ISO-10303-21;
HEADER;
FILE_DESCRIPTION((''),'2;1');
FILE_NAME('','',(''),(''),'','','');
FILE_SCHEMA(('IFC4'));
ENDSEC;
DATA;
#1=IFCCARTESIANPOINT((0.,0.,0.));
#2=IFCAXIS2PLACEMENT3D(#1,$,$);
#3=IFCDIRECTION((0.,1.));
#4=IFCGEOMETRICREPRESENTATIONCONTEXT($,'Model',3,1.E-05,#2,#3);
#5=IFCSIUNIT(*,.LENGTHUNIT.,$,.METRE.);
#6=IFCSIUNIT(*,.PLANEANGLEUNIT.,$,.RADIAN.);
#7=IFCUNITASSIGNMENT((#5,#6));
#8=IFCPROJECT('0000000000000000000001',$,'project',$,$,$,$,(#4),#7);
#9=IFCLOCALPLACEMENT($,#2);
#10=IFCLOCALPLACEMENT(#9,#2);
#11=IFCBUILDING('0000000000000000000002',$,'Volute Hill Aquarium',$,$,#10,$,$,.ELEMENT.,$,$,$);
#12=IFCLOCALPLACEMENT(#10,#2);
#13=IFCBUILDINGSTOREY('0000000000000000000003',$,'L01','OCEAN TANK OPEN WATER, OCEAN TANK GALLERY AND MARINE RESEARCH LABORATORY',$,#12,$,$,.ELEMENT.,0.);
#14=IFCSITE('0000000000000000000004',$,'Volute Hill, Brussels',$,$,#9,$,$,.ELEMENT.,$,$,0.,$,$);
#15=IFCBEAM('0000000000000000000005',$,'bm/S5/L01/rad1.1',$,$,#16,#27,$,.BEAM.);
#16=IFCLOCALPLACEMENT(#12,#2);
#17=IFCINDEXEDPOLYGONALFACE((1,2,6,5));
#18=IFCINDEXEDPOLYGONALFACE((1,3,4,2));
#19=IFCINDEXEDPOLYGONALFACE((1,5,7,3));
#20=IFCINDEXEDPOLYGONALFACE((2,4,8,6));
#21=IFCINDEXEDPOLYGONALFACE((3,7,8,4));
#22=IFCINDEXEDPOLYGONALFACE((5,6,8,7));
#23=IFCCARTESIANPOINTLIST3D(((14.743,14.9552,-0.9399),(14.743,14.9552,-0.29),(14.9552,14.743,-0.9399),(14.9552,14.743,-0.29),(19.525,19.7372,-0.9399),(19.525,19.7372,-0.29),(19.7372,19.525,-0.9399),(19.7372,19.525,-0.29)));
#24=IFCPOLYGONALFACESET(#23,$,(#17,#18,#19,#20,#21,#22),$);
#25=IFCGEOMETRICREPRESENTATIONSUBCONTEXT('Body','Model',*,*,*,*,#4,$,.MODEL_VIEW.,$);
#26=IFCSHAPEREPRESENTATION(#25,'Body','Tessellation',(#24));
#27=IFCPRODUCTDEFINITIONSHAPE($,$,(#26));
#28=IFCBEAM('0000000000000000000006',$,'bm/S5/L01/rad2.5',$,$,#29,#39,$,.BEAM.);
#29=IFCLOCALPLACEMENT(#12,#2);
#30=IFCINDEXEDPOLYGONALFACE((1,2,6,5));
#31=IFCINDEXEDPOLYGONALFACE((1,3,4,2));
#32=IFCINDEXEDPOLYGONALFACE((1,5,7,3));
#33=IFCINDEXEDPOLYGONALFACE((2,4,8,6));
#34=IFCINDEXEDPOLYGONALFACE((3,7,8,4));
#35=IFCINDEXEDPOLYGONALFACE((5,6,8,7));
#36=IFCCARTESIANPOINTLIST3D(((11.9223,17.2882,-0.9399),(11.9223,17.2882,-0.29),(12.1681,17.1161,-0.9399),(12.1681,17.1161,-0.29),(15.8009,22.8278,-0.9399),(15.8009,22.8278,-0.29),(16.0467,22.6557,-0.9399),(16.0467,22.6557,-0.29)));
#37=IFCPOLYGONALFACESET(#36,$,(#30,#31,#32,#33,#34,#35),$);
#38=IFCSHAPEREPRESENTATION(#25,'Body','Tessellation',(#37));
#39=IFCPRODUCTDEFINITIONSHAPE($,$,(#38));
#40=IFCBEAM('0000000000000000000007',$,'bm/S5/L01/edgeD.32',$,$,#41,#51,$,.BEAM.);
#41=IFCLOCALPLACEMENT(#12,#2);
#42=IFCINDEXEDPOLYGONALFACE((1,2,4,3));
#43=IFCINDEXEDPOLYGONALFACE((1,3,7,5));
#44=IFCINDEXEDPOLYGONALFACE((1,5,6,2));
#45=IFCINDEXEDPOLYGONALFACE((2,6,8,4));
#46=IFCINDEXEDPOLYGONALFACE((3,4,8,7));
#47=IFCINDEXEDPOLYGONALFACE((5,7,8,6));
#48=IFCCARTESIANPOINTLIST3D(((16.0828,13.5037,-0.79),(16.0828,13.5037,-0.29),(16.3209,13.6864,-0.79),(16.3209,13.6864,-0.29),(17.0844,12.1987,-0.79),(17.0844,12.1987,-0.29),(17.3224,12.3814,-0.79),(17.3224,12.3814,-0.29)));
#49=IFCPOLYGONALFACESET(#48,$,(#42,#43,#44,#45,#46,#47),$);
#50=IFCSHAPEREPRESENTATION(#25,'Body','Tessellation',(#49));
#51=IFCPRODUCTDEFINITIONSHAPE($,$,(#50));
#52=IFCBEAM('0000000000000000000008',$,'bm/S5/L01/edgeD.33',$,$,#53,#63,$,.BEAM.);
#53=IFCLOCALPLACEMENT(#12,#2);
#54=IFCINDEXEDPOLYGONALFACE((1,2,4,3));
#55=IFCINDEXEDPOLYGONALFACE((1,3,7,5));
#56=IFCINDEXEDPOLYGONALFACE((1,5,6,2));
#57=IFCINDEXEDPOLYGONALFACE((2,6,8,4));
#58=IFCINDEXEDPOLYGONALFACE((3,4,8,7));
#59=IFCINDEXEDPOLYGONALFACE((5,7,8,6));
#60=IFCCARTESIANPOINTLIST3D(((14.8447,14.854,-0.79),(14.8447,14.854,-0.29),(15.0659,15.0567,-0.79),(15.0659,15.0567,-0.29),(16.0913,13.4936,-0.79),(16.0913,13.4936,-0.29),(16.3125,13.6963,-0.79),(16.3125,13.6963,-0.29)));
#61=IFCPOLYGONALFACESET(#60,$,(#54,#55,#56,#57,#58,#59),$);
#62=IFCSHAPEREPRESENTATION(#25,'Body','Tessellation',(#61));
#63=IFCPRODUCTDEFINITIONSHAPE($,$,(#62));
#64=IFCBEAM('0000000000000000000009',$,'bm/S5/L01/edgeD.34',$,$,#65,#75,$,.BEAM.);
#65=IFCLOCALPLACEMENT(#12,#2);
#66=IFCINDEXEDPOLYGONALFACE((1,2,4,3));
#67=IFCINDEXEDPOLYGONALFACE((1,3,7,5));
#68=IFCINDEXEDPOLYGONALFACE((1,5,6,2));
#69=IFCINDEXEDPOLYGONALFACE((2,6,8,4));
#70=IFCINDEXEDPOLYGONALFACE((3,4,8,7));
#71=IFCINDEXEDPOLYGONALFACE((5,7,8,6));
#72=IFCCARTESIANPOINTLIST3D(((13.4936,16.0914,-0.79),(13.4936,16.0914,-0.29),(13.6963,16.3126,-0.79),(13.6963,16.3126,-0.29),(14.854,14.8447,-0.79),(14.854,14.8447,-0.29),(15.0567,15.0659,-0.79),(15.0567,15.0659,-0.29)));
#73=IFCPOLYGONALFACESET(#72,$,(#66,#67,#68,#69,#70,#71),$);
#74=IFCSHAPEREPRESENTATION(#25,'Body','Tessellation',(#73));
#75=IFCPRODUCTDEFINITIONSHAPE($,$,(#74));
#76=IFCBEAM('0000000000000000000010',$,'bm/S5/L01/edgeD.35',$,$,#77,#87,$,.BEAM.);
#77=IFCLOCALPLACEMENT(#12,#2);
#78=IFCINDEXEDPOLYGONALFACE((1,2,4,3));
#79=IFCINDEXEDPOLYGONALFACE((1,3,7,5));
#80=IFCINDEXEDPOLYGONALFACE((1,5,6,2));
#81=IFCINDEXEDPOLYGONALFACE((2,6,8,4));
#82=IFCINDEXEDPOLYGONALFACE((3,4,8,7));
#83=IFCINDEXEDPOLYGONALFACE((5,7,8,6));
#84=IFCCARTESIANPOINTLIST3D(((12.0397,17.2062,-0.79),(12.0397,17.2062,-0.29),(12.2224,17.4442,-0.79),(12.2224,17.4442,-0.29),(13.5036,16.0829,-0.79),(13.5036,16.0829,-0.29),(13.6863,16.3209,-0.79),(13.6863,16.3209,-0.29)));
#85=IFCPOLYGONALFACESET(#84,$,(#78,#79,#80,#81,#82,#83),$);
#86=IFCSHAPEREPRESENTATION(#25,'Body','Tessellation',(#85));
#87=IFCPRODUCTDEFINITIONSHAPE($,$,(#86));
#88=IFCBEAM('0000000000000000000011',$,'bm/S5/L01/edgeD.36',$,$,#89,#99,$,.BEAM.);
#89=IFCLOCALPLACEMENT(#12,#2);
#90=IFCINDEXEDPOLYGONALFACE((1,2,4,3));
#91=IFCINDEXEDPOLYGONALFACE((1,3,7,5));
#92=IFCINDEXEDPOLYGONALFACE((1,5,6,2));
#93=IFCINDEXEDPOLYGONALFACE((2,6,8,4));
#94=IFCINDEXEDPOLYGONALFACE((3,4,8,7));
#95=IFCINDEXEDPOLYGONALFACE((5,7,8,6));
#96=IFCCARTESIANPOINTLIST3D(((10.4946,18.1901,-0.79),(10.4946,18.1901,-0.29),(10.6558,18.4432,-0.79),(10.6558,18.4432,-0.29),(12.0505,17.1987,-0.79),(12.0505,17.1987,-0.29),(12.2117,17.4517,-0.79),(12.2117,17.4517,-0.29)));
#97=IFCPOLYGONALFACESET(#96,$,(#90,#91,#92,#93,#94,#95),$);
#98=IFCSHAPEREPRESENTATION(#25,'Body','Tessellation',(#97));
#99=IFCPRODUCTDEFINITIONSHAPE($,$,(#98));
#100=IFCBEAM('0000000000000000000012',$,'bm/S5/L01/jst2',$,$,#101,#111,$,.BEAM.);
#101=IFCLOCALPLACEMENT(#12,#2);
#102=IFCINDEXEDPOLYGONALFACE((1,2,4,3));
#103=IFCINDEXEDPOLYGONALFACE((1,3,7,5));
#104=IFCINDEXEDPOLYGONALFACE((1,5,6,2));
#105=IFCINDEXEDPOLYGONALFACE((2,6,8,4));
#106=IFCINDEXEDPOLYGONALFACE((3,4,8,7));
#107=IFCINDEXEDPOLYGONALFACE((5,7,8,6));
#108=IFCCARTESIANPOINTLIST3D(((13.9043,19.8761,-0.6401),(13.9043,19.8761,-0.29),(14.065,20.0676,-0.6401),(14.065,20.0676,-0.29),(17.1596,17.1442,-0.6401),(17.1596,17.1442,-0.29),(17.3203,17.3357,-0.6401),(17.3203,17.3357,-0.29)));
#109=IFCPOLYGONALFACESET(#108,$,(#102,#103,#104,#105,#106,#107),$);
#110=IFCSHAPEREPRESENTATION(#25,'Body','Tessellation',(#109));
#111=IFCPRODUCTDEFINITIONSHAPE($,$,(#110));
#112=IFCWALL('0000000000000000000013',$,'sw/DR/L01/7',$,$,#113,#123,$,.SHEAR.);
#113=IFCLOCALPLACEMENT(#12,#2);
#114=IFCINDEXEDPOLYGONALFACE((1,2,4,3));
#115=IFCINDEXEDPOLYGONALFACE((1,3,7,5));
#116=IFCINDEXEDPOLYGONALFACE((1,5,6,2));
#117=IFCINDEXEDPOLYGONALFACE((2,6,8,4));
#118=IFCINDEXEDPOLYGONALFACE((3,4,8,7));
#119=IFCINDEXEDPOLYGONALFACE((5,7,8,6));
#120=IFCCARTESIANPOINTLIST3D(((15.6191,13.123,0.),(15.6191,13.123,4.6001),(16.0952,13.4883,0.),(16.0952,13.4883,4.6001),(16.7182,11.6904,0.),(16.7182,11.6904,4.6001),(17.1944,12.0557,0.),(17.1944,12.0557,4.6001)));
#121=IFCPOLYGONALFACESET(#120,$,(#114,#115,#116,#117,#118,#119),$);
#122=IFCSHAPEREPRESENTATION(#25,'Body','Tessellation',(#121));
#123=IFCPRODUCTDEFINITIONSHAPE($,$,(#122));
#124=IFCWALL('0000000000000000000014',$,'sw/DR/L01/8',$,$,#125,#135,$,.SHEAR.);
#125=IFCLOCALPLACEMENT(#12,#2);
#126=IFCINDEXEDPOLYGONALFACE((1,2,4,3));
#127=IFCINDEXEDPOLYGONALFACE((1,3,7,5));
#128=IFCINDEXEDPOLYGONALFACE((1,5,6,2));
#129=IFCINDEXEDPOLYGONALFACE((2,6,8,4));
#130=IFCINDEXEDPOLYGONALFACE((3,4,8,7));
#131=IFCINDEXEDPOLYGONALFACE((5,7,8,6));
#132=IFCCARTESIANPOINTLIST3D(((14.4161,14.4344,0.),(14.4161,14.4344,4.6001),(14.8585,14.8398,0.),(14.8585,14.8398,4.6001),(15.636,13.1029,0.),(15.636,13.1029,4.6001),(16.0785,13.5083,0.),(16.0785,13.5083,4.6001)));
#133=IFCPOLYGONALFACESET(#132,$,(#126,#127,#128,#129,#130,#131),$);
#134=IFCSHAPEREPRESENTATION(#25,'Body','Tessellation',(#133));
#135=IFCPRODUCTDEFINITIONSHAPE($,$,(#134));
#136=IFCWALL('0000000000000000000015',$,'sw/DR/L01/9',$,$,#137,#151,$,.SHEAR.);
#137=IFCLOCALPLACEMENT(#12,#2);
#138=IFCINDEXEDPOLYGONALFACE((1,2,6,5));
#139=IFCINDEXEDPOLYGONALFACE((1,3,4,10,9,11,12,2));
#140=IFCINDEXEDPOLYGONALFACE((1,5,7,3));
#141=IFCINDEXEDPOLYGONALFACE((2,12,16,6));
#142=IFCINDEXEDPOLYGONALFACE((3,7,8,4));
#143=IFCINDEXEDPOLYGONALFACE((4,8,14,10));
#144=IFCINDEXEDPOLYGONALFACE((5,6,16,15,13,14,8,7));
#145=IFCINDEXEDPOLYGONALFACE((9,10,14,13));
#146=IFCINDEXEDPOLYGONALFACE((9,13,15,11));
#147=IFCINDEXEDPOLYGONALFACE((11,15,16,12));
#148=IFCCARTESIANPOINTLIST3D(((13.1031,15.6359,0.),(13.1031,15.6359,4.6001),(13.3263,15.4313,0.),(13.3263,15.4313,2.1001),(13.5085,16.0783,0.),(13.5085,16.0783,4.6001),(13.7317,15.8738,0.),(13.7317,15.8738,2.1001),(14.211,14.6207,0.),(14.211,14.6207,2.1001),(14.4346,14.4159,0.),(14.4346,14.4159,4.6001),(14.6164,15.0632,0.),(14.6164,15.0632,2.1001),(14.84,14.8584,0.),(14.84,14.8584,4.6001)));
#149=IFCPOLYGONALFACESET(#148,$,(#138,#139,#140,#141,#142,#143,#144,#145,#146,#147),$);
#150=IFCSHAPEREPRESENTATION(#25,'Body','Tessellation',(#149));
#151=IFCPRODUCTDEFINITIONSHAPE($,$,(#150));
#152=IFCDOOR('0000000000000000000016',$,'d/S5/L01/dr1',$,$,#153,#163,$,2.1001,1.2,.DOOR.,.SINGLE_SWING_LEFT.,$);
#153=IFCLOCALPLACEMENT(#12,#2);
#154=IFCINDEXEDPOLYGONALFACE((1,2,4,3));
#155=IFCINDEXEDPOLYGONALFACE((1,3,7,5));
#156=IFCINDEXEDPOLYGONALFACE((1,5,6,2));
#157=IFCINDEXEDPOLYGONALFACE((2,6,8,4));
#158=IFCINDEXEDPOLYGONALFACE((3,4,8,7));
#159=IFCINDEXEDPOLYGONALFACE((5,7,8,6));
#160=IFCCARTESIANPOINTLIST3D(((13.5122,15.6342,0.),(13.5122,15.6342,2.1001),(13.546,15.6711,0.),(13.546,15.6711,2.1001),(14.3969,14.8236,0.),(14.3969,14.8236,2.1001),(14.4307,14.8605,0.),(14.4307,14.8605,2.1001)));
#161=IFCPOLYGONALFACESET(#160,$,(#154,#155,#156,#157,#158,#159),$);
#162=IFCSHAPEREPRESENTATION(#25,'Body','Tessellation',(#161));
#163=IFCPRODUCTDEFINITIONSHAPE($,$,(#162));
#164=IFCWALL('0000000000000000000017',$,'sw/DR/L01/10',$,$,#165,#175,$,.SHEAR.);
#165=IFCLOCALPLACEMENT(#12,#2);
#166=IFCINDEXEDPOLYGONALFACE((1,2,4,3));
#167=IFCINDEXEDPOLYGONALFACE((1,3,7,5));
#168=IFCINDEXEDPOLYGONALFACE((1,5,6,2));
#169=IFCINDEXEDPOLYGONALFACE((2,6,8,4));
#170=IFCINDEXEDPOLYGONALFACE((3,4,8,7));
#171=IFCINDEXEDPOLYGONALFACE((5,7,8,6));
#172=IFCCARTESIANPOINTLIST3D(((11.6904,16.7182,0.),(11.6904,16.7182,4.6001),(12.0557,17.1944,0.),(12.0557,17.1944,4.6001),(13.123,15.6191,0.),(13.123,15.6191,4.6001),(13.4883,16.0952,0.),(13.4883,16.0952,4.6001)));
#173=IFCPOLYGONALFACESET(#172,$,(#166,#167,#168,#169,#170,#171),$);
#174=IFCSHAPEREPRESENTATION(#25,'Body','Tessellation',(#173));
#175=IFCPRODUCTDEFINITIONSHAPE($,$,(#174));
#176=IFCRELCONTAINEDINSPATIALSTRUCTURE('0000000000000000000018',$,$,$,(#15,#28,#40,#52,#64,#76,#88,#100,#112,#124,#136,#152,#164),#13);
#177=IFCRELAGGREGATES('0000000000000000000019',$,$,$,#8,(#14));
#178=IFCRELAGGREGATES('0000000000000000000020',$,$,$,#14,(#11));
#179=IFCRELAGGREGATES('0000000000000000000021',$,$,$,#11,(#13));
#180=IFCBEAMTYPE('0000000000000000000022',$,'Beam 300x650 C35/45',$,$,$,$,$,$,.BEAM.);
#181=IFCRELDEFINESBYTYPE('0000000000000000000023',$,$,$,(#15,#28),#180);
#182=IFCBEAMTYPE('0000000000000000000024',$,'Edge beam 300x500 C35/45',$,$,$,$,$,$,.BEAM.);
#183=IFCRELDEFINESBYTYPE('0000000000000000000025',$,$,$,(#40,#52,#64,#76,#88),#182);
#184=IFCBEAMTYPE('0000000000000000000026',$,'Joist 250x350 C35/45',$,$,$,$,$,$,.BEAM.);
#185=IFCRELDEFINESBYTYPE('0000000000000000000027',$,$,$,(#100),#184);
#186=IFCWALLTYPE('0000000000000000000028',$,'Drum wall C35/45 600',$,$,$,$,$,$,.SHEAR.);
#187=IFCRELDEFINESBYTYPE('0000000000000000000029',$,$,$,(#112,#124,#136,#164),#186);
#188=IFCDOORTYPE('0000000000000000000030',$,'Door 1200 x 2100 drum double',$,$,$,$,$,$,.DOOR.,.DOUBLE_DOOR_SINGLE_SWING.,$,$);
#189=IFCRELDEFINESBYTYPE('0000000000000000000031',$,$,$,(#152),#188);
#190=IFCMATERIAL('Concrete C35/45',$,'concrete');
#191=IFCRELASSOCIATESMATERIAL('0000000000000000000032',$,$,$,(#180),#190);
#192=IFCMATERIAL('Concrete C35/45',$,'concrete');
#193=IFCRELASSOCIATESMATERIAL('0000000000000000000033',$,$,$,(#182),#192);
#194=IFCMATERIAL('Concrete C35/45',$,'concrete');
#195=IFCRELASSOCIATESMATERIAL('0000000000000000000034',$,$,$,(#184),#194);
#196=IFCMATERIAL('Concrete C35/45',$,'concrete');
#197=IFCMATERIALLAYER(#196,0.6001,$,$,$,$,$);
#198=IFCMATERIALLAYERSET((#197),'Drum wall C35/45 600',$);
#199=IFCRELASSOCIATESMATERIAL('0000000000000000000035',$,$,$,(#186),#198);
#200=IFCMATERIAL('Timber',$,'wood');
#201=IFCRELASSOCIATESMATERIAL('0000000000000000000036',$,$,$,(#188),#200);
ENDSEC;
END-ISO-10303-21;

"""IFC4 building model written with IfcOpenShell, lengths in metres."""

from ifc_helpers import new_model, si_unit, direction, frame, frame_2d, origin, origin_2d, place, context, subcontext, project, spatial, rectangle, extrude, material, layer, layer_set, material_profile, profile_set, type_object, element, fill, save


model = new_model("IFC4")

# Units and contexts
model_context = context("Model", 3, precision=1e-05, world=origin(), true_north=direction((0.0, 1.0)))
body_context = subcontext(model_context, "Body", "Model", "MODEL_VIEW")
ifc_project = project(units=[si_unit("LENGTHUNIT", "METRE"), si_unit("PLANEANGLEUNIT", "RADIAN")], contexts=[model_context])

# Site, building, storey
site_placement = place(None, origin())
site = spatial("IfcSite", under=ifc_project, at=site_placement, Name="Volute Hill, Brussels", CompositionType="ELEMENT", RefElevation=0.0)
building_placement = place(site_placement, origin())
building = spatial("IfcBuilding", under=site, at=building_placement, Name="Volute Hill Aquarium", CompositionType="ELEMENT")
storey_placement = place(building_placement, origin())
storey = spatial("IfcBuildingStorey", under=building, at=storey_placement, Name="L01", Description="OCEAN TANK OPEN WATER, OCEAN TANK GALLERY AND MARINE RESEARCH LABORATORY", CompositionType="ELEMENT", Elevation=0.0)

# Beams
ifc_material_1 = material(Name="Concrete C35/45", Category="concrete")
ifc_material_profile_1 = material_profile(ifc_material_1, rectangle(XDim=0.3, YDim=0.6499, at=origin_2d()), Name="RC beam 300x650")
ifc_profile_set_1 = profile_set([ifc_material_profile_1], Name="Concrete C35/45")
beam_type_1 = type_object("IfcBeamType", Name="Beam 300x650 C35/45", PredefinedType="BEAM", material=ifc_profile_set_1)
beam_1_placement = place(storey_placement, frame((14.8491, 14.8491, -0.615), z_axis=(0.707107, 0.707107, 0.0), x_axis=(-0.707107, 0.707107, 0.0)))
element("IfcBeam", 1, at=beam_1_placement, inside=storey, type_object=beam_type_1, Name="bm/S5/L01/rad1.1", PredefinedType="BEAM", context=body_context, shape_type="SweptSolid", body=[
    extrude(rectangle(XDim=0.3, YDim=0.6499, at=origin_2d()), origin(), (0.0, 0.0, 1.0), 6.7627),
])
beam_2_placement = place(storey_placement, frame((12.0452, 17.2021, -0.615), z_axis=(0.573559, 0.819164, 0.0), x_axis=(-0.819164, 0.573559, 0.0)))
element("IfcBeam", 2, at=beam_2_placement, inside=storey, type_object=beam_type_1, Name="bm/S5/L01/rad2.5", PredefinedType="BEAM", context=body_context, shape_type="SweptSolid", body=[
    extrude(rectangle(XDim=0.3, YDim=0.6499, at=origin_2d()), origin(), (0.0, 0.0, 1.0), 6.7625),
])
ifc_material_2 = material(Name="Concrete C35/45", Category="concrete")
ifc_material_profile_2 = material_profile(ifc_material_2, rectangle(XDim=0.3, YDim=0.5, at=origin_2d()), Name="RC edge beam 300x500")
ifc_profile_set_2 = profile_set([ifc_material_profile_2], Name="Concrete C35/45")
beam_type_2 = type_object("IfcBeamType", Name="Edge beam 300x500 C35/45", PredefinedType="BEAM", material=ifc_profile_set_2)
beam_3_placement = place(storey_placement, frame((17.2034, 12.29, -0.54), z_axis=(-0.608821, 0.793308, 0.0), x_axis=(-0.793308, -0.608821, 0.0)))
element("IfcBeam", 3, at=beam_3_placement, inside=storey, type_object=beam_type_2, Name="bm/S5/L01/edgeD.32", PredefinedType="BEAM", context=body_context, shape_type="SweptSolid", body=[
    extrude(rectangle(XDim=0.3, YDim=0.5, at=origin_2d()), origin(), (0.0, 0.0, 1.0), 1.645),
])
for number, where, z_axis, x_axis, name in (
    (4, (16.2019, 13.595, -0.54), (-0.675605, 0.737264, 0.0), (-0.737264, -0.675605, 0.0), "bm/S5/L01/edgeD.33"),
    (5, (14.9553, 14.9553, -0.54), (-0.737264, 0.675605, 0.0), (-0.675605, -0.737264, 0.0), "bm/S5/L01/edgeD.34"),
    (6, (13.595, 16.2019, -0.54), (-0.793346, 0.60877, 0.0), (-0.60877, -0.793346, 0.0), "bm/S5/L01/edgeD.35"),
):
    element("IfcBeam", number, at=place(storey_placement, frame(where, z_axis=z_axis, x_axis=x_axis)), inside=storey, type_object=beam_type_2, Name=name, PredefinedType="BEAM", context=body_context, shape_type="SweptSolid", body=[
        extrude(rectangle(XDim=0.3, YDim=0.5, at=origin_2d()), origin(), (0.0, 0.0, 1.0), 1.8452),
    ])
beam_4_placement = place(storey_placement, frame((12.1311, 17.3252, -0.54), z_axis=(-0.843334, 0.537389, 0.0), x_axis=(-0.537389, -0.843334, 0.0)))
element("IfcBeam", 7, at=beam_4_placement, inside=storey, type_object=beam_type_2, Name="bm/S5/L01/edgeD.36", PredefinedType="BEAM", context=body_context, shape_type="SweptSolid", body=[
    extrude(rectangle(XDim=0.3, YDim=0.5, at=origin_2d()), origin(), (0.0, 0.0, 1.0), 1.845),
])
ifc_material_3 = material(Name="Concrete C35/45", Category="concrete")
ifc_material_profile_3 = material_profile(ifc_material_3, rectangle(XDim=0.25, YDim=0.3501, at=origin_2d()), Name="RC joist 250x350")
ifc_profile_set_3 = profile_set([ifc_material_profile_3], Name="Concrete C35/45")
beam_type_3 = type_object("IfcBeamType", Name="Joist 250x350 C35/45", PredefinedType="BEAM", material=ifc_profile_set_3)
beam_5_placement = place(storey_placement, frame((17.24, 17.24, -0.4651), z_axis=(-0.766004, 0.642836, 0.0), x_axis=(-0.642836, -0.766004, 0.0)))
element("IfcBeam", 8, at=beam_5_placement, inside=storey, type_object=beam_type_3, Name="bm/S5/L01/jst2", PredefinedType="BEAM", context=body_context, shape_type="SweptSolid", body=[
    extrude(rectangle(XDim=0.25, YDim=0.3501, at=origin_2d()), origin(), (0.0, 0.0, 1.0), 4.2498),
])

# Walls
ifc_material_4 = material(Name="Concrete C35/45", Category="concrete")
ifc_layer_1 = layer(ifc_material_4, 0.6001)
ifc_layer_set_1 = layer_set([ifc_layer_1], Name="Drum wall C35/45 600")
wall_type_1 = type_object("IfcWallType", Name="Drum wall C35/45 600", PredefinedType="SHEAR", material=ifc_layer_set_1)
wall_1_placement = place(storey_placement, frame((16.9563, 11.873, 0.0), z_axis=(0.0, 0.0, 1.0), x_axis=(-0.608704, 0.793397, 0.0)))
element("IfcWall", 9, at=wall_1_placement, inside=storey, type_object=wall_type_1, Name="sw/DR/L01/7", PredefinedType="SHEAR", context=body_context, shape_type="SweptSolid", body=[
    extrude(rectangle(XDim=1.8057, YDim=0.6001, at=frame_2d((0.9028, 0.0))), origin(), (0.0, 0.0, 1.0), 4.6001),
])
wall_2_placement = place(storey_placement, frame((15.8572, 13.3057, 0.0), z_axis=(0.0, 0.0, 1.0), x_axis=(-0.675541, 0.737322, 0.0)))
element("IfcWall", 10, at=wall_2_placement, inside=storey, type_object=wall_type_1, Name="sw/DR/L01/8", PredefinedType="SHEAR", context=body_context, shape_type="SweptSolid", body=[
    extrude(rectangle(XDim=1.8059, YDim=0.6001, at=frame_2d((0.9028, 0.0))), origin(), (0.0, 0.0, 1.0), 4.6001),
])

# Wall, opening, door
wall_3_placement = place(storey_placement, frame((14.6372, 14.6372, 0.0), z_axis=(0.0, 0.0, 1.0), x_axis=(-0.737322, 0.675541, 0.0)))
wall_3 = element("IfcWall", 11, at=wall_3_placement, inside=storey, type_object=wall_type_1, Name="sw/DR/L01/9", PredefinedType="SHEAR", context=body_context, shape_type="SweptSolid", body=[
    extrude(rectangle(XDim=1.8059, YDim=0.6001, at=frame_2d((0.9028, 0.0))), origin(), (0.0, 0.0, 1.0), 4.6001),
])
opening_1_placement = place(wall_3_placement, frame((0.303, 0.0, 0.0)))
opening_1 = element("IfcOpeningElement", 12, at=opening_1_placement, cuts=wall_3, PredefinedType="OPENING", context=body_context, shape_type="SweptSolid", body=[
    extrude(rectangle(XDim=1.2, YDim=2.1001, at=frame_2d((0.6001, 1.05))), frame((0.0, 0.3101, 0.0), z_axis=(0.0, -1.0, 0.0), x_axis=(1.0, 0.0, 0.0)), (0.0, 0.0, 1.0), 0.6201),
])
ifc_material_5 = material(Name="Timber", Category="wood")
door_type_1 = type_object("IfcDoorType", Name="Door 1200 x 2100 drum double", OperationType="DOUBLE_DOOR_SINGLE_SWING", PredefinedType="DOOR", material=ifc_material_5)
door_1_placement = place(opening_1_placement, origin())
door_1 = element("IfcDoor", 13, at=door_1_placement, inside=storey, type_object=door_type_1, Name="d/S5/L01/dr1", OperationType="SINGLE_SWING_LEFT", OverallHeight=2.1001, OverallWidth=1.2, PredefinedType="DOOR", context=body_context, shape_type="SweptSolid", body=[
    extrude(rectangle(XDim=1.2, YDim=2.1001, at=frame_2d((0.6001, 1.05))), frame((0.0, 0.0249, 0.0), z_axis=(0.0, -1.0, 0.0), x_axis=(1.0, 0.0, 0.0)), (0.0, 0.0, 1.0), 0.05),
])
fill(opening_1, door_1)

# Wall
wall_4_placement = place(storey_placement, frame((13.3057, 15.8572, 0.0), z_axis=(0.0, 0.0, 1.0), x_axis=(-0.793397, 0.608704, 0.0)))
element("IfcWall", 14, at=wall_4_placement, inside=storey, type_object=wall_type_1, Name="sw/DR/L01/10", PredefinedType="SHEAR", context=body_context, shape_type="SweptSolid", body=[
    extrude(rectangle(XDim=1.8057, YDim=0.6001, at=frame_2d((0.9028, 0.0))), origin(), (0.0, 0.0, 1.0), 4.6001),
])

save(model, "model.ifc")
